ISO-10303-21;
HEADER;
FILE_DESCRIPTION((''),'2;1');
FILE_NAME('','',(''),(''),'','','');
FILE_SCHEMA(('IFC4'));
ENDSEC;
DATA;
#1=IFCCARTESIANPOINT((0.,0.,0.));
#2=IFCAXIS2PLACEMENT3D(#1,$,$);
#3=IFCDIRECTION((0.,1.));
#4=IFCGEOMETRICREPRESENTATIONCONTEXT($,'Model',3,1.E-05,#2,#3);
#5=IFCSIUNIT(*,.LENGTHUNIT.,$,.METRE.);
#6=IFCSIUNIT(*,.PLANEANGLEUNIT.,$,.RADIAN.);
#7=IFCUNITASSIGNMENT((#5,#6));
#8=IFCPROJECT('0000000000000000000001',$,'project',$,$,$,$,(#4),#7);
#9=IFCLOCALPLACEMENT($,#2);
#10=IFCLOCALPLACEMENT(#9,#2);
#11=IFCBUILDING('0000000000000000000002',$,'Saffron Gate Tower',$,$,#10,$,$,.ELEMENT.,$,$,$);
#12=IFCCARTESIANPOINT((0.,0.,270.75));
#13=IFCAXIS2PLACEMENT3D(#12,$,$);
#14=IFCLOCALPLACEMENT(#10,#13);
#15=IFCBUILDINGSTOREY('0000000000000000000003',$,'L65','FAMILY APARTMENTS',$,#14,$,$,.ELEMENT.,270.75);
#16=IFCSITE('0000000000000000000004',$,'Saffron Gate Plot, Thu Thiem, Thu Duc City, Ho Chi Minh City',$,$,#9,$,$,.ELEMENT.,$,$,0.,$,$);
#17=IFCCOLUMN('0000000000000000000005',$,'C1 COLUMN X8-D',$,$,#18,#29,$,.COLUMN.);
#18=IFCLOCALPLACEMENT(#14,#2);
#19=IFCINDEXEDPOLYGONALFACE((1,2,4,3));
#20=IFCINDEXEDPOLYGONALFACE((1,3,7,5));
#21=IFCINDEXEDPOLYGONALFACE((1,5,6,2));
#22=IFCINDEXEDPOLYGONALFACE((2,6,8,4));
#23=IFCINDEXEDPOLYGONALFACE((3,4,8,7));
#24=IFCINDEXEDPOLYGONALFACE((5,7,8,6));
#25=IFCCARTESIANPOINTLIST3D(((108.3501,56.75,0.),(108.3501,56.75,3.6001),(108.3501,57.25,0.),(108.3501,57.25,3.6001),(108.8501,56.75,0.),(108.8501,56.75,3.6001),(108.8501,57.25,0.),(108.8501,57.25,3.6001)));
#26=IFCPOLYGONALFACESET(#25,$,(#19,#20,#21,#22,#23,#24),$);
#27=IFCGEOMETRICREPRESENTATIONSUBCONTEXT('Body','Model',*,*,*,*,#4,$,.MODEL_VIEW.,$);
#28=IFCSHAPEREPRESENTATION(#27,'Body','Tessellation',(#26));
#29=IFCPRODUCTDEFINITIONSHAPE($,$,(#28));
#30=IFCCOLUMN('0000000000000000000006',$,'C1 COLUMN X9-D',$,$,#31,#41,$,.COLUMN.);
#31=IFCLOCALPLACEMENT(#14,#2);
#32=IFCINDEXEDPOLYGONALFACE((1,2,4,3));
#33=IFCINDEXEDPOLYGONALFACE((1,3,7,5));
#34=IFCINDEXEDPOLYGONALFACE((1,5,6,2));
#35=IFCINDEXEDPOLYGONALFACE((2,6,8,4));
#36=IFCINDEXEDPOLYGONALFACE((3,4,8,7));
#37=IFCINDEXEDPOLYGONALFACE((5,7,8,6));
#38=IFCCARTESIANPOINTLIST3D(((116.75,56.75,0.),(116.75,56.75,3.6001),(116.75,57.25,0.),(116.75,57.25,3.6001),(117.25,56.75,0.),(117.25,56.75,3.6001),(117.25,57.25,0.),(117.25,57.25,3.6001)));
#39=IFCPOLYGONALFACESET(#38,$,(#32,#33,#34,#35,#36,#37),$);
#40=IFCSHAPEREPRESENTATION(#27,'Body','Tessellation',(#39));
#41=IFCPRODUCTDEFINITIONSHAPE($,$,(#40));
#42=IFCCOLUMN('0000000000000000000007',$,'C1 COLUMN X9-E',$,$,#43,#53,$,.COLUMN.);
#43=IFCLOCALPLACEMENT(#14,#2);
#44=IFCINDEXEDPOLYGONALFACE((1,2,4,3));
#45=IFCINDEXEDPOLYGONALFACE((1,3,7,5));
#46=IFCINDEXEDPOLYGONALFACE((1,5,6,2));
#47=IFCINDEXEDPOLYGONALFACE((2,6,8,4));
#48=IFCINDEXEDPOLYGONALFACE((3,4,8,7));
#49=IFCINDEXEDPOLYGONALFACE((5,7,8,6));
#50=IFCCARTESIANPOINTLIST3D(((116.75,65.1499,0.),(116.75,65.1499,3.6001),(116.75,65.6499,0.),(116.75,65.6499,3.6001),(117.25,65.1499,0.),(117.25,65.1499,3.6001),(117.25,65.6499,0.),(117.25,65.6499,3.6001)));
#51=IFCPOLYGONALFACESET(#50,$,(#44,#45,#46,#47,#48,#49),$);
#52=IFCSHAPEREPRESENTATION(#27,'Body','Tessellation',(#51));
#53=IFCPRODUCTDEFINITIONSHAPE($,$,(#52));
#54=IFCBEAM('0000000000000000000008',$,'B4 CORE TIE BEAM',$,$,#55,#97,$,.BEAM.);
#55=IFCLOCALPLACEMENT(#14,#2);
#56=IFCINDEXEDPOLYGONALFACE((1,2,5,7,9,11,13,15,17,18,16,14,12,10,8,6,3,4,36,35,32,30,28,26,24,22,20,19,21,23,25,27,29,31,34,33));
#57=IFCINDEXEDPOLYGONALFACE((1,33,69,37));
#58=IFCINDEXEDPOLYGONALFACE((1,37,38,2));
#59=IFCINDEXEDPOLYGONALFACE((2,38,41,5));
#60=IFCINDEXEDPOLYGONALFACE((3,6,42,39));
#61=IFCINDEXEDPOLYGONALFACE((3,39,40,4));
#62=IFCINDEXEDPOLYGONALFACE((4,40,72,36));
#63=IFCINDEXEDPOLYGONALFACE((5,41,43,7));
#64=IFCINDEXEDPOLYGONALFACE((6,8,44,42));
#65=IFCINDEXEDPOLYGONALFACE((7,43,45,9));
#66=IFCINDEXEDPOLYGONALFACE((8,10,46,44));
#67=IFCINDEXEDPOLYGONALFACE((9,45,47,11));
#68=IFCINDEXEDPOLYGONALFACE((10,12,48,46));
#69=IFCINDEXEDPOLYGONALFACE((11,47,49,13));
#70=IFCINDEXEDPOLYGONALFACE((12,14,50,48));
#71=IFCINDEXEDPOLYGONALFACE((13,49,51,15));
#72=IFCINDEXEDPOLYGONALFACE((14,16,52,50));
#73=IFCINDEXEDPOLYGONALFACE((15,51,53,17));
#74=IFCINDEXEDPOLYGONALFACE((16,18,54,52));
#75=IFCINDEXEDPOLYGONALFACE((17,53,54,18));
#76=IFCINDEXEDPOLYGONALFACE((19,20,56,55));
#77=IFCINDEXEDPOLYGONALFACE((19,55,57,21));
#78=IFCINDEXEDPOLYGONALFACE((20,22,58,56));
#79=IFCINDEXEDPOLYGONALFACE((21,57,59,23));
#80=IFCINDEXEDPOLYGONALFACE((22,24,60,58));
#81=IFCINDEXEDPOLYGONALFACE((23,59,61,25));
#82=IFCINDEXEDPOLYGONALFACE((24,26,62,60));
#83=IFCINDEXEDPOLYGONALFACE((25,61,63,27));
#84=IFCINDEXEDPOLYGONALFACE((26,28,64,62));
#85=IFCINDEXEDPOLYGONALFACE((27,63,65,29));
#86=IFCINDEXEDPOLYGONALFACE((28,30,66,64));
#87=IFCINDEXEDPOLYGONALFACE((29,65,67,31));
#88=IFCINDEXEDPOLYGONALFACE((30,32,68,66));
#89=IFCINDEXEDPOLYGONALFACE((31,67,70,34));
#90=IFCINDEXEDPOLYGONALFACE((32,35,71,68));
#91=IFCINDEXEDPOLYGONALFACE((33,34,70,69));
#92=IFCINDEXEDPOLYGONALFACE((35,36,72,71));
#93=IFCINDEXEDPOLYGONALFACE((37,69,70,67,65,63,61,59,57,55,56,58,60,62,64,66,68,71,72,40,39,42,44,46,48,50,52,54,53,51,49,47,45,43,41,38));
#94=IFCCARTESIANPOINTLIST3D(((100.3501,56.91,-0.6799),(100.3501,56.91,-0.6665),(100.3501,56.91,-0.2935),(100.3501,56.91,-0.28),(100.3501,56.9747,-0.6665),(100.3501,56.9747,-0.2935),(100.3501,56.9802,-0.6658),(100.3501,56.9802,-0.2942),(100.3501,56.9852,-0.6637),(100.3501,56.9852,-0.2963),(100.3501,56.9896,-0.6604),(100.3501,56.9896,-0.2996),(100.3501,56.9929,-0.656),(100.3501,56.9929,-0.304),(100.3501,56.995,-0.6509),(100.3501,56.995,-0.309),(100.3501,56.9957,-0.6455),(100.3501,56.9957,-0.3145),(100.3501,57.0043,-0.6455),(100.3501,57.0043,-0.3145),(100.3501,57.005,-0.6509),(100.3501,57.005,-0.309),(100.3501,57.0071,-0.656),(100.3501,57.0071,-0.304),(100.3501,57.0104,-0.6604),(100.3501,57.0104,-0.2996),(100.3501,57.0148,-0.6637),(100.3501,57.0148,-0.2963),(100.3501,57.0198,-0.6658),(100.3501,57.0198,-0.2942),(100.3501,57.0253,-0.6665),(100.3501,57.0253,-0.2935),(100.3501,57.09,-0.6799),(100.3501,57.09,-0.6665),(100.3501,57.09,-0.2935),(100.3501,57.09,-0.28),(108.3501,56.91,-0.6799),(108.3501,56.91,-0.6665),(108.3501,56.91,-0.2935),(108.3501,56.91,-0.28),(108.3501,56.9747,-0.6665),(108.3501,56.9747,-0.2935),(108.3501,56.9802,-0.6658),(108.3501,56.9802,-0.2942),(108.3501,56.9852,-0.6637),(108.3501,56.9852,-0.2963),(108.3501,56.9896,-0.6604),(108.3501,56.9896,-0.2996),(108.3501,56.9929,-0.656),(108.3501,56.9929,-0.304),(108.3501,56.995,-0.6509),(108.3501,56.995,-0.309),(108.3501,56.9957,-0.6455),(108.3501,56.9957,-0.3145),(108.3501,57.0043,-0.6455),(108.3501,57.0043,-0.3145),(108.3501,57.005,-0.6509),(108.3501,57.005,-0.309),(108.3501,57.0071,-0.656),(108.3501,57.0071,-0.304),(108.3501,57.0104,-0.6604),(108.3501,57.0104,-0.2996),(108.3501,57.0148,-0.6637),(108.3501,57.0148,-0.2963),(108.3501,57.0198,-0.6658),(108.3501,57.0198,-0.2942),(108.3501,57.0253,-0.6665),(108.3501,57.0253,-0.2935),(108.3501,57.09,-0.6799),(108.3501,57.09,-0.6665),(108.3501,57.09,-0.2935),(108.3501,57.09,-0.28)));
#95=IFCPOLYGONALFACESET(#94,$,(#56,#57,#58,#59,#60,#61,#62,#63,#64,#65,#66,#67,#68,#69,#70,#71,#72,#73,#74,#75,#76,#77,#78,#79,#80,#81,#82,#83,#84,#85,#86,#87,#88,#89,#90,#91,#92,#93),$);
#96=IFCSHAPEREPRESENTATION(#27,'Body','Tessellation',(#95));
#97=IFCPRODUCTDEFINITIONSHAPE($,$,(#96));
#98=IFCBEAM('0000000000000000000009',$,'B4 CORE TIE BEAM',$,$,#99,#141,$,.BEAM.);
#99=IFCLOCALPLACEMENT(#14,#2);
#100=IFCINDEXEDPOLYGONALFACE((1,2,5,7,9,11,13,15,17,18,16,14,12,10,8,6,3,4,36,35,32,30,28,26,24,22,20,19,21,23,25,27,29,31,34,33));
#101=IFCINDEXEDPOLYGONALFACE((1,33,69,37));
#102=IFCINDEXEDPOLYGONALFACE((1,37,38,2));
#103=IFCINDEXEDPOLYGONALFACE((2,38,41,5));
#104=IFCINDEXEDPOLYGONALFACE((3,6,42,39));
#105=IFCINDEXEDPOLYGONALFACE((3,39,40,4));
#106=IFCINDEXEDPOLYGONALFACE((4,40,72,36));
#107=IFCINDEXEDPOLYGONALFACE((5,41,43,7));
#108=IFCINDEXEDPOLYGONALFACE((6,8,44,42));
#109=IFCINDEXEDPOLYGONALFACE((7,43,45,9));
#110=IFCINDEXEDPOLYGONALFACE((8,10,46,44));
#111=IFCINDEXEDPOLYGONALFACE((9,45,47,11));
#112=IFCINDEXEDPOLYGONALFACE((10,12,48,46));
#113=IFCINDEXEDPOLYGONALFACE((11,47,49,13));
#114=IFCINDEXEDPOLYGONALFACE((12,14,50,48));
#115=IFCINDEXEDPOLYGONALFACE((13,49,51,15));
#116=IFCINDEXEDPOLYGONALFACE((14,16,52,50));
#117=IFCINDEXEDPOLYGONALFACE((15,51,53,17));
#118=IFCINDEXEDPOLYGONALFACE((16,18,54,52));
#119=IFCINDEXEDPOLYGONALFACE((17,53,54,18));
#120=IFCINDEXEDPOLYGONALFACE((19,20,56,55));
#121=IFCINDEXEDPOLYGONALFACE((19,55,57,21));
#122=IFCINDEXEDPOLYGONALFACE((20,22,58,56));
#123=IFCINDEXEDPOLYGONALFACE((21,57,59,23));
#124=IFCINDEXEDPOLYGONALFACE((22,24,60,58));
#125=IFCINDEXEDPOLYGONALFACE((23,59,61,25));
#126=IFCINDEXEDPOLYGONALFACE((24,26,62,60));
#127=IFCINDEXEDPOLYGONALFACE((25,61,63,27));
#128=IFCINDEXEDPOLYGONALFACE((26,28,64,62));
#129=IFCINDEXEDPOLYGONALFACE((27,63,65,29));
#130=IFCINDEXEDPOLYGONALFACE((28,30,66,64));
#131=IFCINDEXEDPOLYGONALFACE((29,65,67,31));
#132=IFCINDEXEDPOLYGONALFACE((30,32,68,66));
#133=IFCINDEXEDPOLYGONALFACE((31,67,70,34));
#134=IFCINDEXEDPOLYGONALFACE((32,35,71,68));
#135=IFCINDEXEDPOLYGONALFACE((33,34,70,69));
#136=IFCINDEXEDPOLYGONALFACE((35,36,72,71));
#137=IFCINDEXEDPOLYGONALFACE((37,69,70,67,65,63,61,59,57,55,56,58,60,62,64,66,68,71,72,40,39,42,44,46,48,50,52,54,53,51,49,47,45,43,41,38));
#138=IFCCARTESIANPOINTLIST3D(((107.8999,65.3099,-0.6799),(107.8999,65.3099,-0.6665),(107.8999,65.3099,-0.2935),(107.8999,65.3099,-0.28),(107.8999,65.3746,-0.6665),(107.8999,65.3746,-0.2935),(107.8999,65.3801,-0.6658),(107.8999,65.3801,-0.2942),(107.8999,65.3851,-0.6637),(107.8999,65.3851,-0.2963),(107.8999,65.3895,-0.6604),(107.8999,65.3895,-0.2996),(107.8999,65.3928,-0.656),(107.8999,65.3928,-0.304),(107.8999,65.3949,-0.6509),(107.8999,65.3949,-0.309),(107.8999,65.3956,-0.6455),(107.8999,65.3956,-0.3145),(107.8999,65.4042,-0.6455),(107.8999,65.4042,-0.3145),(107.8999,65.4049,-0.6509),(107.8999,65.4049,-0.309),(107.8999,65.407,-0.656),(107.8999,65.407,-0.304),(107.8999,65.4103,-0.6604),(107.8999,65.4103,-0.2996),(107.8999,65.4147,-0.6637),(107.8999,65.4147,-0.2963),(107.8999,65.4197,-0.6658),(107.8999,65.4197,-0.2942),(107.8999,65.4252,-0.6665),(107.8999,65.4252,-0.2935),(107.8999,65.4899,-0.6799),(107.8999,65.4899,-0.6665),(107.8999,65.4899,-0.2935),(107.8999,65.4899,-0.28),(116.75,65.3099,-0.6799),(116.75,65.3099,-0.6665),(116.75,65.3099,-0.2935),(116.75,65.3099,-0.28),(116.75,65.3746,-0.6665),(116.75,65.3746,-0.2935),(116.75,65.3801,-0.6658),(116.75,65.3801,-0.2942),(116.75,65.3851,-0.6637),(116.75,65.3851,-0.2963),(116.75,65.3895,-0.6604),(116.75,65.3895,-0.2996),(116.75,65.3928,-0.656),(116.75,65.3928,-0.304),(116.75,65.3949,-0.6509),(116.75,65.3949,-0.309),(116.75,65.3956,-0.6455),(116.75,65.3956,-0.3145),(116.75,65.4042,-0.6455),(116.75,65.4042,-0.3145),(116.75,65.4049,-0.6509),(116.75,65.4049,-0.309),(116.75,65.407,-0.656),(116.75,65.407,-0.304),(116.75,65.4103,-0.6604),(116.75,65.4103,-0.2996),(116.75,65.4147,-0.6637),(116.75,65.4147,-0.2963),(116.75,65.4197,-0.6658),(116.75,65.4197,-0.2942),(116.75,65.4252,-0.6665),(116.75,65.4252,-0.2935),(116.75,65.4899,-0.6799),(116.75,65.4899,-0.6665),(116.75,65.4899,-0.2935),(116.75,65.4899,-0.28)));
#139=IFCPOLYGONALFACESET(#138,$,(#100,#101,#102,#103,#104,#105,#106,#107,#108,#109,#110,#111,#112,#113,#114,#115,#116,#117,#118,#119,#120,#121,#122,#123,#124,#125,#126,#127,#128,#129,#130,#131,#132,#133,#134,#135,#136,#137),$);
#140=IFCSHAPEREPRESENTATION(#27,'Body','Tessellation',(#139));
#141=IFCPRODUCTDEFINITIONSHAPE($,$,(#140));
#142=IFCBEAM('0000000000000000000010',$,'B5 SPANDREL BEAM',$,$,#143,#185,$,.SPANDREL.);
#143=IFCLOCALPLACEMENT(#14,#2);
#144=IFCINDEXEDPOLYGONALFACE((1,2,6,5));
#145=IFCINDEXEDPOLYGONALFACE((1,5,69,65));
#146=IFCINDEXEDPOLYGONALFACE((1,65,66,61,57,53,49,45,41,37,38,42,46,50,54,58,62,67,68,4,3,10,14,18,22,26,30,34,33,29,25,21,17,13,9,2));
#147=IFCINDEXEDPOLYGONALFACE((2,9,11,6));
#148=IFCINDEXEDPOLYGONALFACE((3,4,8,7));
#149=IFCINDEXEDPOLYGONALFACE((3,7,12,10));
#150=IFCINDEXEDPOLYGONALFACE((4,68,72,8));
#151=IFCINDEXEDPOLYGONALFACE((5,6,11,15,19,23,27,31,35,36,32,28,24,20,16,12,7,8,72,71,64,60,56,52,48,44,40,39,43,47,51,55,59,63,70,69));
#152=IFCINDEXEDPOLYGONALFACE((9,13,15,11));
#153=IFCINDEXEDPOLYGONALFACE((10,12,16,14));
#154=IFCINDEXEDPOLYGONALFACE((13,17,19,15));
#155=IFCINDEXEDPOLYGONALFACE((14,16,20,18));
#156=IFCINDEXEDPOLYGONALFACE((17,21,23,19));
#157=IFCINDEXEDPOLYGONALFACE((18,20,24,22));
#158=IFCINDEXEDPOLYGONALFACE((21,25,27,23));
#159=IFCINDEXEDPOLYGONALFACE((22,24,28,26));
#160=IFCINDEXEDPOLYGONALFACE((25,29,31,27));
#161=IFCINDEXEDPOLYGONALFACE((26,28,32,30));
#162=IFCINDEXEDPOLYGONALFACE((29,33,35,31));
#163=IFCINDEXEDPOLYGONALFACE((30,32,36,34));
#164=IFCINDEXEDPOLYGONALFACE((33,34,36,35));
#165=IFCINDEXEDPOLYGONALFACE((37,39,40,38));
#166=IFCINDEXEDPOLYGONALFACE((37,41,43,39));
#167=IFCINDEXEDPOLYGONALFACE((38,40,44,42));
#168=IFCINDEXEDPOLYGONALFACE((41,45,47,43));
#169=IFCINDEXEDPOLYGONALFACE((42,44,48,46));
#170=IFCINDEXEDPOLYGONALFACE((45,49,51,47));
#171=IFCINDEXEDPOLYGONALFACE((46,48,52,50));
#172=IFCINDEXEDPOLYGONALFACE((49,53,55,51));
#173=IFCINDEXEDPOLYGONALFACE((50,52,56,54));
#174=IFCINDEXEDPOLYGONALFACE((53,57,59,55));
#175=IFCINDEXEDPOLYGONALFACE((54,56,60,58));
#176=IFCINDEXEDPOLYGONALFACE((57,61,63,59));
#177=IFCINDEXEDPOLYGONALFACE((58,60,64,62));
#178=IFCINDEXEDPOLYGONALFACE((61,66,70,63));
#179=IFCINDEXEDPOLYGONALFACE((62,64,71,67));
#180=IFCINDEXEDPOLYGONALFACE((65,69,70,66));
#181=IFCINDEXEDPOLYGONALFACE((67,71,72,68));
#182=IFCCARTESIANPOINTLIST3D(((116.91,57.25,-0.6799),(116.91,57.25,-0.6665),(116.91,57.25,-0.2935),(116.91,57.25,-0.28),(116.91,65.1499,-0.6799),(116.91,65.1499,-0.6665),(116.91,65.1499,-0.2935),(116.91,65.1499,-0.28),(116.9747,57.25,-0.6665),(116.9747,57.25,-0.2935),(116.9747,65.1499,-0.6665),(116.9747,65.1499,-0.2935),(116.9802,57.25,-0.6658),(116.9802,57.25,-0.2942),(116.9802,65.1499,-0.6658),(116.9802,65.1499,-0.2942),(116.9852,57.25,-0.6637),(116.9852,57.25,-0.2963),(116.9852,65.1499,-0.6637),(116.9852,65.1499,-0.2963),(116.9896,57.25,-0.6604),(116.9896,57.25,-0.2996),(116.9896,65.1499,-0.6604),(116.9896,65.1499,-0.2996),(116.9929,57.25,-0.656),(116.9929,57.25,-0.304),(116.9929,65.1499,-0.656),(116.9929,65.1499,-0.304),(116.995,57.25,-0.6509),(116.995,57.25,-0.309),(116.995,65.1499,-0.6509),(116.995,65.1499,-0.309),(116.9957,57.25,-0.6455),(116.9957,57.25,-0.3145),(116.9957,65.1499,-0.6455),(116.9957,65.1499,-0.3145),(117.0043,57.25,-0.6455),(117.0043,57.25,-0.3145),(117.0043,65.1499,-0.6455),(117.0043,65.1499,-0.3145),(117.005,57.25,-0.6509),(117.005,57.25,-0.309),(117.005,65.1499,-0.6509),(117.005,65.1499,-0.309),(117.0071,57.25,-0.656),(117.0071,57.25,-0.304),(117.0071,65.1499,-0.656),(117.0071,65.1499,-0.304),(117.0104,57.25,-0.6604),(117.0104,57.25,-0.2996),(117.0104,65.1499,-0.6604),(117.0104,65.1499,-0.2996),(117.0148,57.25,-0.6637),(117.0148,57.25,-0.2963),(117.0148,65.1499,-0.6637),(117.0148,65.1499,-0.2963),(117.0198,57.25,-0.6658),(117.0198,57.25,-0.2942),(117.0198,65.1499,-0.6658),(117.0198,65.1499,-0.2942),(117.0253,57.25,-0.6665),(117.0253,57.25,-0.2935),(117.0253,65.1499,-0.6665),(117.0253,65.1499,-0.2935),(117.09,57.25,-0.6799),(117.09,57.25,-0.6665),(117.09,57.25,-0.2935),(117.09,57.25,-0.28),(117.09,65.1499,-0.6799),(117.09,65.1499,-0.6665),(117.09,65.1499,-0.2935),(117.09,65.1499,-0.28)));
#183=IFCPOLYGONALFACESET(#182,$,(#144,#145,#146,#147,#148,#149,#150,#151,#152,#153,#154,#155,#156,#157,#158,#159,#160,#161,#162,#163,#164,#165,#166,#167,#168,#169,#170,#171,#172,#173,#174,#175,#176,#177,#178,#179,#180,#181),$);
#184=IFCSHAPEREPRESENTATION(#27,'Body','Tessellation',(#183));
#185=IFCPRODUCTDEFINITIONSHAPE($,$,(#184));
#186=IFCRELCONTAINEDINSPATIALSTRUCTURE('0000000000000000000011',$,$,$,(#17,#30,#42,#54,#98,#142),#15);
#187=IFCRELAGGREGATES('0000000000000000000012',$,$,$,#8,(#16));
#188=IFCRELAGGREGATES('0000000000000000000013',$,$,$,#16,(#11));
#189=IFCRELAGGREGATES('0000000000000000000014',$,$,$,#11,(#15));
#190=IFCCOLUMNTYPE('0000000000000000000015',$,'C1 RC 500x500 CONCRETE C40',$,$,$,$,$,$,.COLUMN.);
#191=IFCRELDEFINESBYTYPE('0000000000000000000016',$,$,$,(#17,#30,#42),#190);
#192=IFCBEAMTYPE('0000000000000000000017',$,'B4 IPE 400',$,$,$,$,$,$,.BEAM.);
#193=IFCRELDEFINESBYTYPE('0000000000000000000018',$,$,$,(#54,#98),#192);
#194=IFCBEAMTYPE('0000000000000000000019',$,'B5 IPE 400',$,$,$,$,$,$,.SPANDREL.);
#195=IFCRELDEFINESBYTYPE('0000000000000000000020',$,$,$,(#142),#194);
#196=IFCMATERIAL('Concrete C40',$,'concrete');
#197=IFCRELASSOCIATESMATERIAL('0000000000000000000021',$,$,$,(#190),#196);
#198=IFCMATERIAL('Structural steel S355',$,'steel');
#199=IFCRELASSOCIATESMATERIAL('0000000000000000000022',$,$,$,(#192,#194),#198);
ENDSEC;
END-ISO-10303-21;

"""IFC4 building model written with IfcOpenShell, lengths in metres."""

from ifc_helpers import new_model, si_unit, direction, frame, origin, origin_2d, place, context, subcontext, project, spatial, rectangle, i_section, extrude, material, material_profile, profile_set, type_object, element, save


model = new_model("IFC4")

# Units and contexts
model_context = context("Model", 3, precision=1e-05, world=origin(), true_north=direction((0.0, 1.0)))
body_context = subcontext(model_context, "Body", "Model", "MODEL_VIEW")
ifc_project = project(units=[si_unit("LENGTHUNIT", "METRE"), si_unit("PLANEANGLEUNIT", "RADIAN")], contexts=[model_context])

# Site, building, storey
site_placement = place(None, origin())
site = spatial("IfcSite", under=ifc_project, at=site_placement, Name="Saffron Gate Plot, Thu Thiem, Thu Duc City, Ho Chi Minh City", CompositionType="ELEMENT", RefElevation=0.0)
building_placement = place(site_placement, origin())
building = spatial("IfcBuilding", under=site, at=building_placement, Name="Saffron Gate Tower", CompositionType="ELEMENT")
storey_placement = place(building_placement, frame((0.0, 0.0, 270.75)))
storey = spatial("IfcBuildingStorey", under=building, at=storey_placement, Name="L65", Description="FAMILY APARTMENTS", CompositionType="ELEMENT", Elevation=270.75)

# Columns
ifc_material_1 = material(Name="Concrete C40", Category="concrete")
ifc_material_profile_1 = material_profile(ifc_material_1, rectangle(XDim=0.5, YDim=0.5, at=origin_2d()))
ifc_profile_set_1 = profile_set([ifc_material_profile_1], Name="Concrete C40")
column_type = type_object("IfcColumnType", Name="C1 RC 500x500 CONCRETE C40", PredefinedType="COLUMN", material=ifc_profile_set_1)
for number, where, z_axis, x_axis, name in (
    (1, (108.6001, 57.0, 0.0), (0.0, 0.0, 1.0), (1.0, 0.0, 0.0), "C1 COLUMN X8-D"),
    (2, (117.0, 57.0, 0.0), (0.0, 0.0, 1.0), (1.0, 0.0, 0.0), "C1 COLUMN X9-D"),
    (3, (117.0, 65.3999, 0.0), (0.0, 0.0, 1.0), (1.0, 0.0, 0.0), "C1 COLUMN X9-E"),
):
    element("IfcColumn", number, at=place(storey_placement, frame(where, z_axis=z_axis, x_axis=x_axis)), inside=storey, type_object=column_type, Name=name, PredefinedType="COLUMN", context=body_context, shape_type="SweptSolid", body=[
        extrude(rectangle(XDim=0.5, YDim=0.5, at=origin_2d()), origin(), (0.0, 0.0, 1.0), 3.6001),
    ])

# Beams
ifc_material_2 = material(Name="Structural steel S355", Category="steel")
ifc_material_profile_2 = material_profile(ifc_material_2, i_section(OverallWidth=0.1799, OverallDepth=0.3999, WebThickness=0.0085, FlangeThickness=0.0134, FilletRadius=0.021, at=origin_2d()))
ifc_profile_set_2 = profile_set([ifc_material_profile_2], Name="Structural steel S355")
beam_type_1 = type_object("IfcBeamType", Name="B4 IPE 400", PredefinedType="BEAM", material=ifc_profile_set_2)
beam_1_placement = place(storey_placement, frame((108.3501, 57.0, -0.48), z_axis=(-1.0, 0.0, 0.0), x_axis=(0.0, -1.0, 0.0)))
element("IfcBeam", 4, at=beam_1_placement, inside=storey, type_object=beam_type_1, Name="B4 CORE TIE BEAM", PredefinedType="BEAM", context=body_context, shape_type="SweptSolid", body=[
    extrude(i_section(OverallWidth=0.1799, OverallDepth=0.3999, WebThickness=0.0085, FlangeThickness=0.0134, FilletRadius=0.021, at=origin_2d()), origin(), (0.0, 0.0, 1.0), 8.0),
])
beam_2_placement = place(storey_placement, frame((116.75, 65.3999, -0.48), z_axis=(-1.0, 0.0, 0.0), x_axis=(0.0, -1.0, 0.0)))
element("IfcBeam", 5, at=beam_2_placement, inside=storey, type_object=beam_type_1, Name="B4 CORE TIE BEAM", PredefinedType="BEAM", context=body_context, shape_type="SweptSolid", body=[
    extrude(i_section(OverallWidth=0.1799, OverallDepth=0.3999, WebThickness=0.0085, FlangeThickness=0.0134, FilletRadius=0.021, at=origin_2d()), origin(), (0.0, 0.0, 1.0), 8.8501),
])
ifc_material_profile_3 = material_profile(ifc_material_2, i_section(OverallWidth=0.1799, OverallDepth=0.3999, WebThickness=0.0085, FlangeThickness=0.0134, FilletRadius=0.021, at=origin_2d()))
ifc_profile_set_3 = profile_set([ifc_material_profile_3], Name="Structural steel S355")
beam_type_2 = type_object("IfcBeamType", Name="B5 IPE 400", PredefinedType="SPANDREL", material=ifc_profile_set_3)
beam_3_placement = place(storey_placement, frame((117.0, 57.25, -0.48), z_axis=(0.0, 1.0, 0.0), x_axis=(-1.0, 0.0, 0.0)))
element("IfcBeam", 6, at=beam_3_placement, inside=storey, type_object=beam_type_2, Name="B5 SPANDREL BEAM", PredefinedType="SPANDREL", context=body_context, shape_type="SweptSolid", body=[
    extrude(i_section(OverallWidth=0.1799, OverallDepth=0.3999, WebThickness=0.0085, FlangeThickness=0.0134, FilletRadius=0.021, at=origin_2d()), origin(), (0.0, 0.0, 1.0), 7.8999),
])

save(model, "model.ifc")
